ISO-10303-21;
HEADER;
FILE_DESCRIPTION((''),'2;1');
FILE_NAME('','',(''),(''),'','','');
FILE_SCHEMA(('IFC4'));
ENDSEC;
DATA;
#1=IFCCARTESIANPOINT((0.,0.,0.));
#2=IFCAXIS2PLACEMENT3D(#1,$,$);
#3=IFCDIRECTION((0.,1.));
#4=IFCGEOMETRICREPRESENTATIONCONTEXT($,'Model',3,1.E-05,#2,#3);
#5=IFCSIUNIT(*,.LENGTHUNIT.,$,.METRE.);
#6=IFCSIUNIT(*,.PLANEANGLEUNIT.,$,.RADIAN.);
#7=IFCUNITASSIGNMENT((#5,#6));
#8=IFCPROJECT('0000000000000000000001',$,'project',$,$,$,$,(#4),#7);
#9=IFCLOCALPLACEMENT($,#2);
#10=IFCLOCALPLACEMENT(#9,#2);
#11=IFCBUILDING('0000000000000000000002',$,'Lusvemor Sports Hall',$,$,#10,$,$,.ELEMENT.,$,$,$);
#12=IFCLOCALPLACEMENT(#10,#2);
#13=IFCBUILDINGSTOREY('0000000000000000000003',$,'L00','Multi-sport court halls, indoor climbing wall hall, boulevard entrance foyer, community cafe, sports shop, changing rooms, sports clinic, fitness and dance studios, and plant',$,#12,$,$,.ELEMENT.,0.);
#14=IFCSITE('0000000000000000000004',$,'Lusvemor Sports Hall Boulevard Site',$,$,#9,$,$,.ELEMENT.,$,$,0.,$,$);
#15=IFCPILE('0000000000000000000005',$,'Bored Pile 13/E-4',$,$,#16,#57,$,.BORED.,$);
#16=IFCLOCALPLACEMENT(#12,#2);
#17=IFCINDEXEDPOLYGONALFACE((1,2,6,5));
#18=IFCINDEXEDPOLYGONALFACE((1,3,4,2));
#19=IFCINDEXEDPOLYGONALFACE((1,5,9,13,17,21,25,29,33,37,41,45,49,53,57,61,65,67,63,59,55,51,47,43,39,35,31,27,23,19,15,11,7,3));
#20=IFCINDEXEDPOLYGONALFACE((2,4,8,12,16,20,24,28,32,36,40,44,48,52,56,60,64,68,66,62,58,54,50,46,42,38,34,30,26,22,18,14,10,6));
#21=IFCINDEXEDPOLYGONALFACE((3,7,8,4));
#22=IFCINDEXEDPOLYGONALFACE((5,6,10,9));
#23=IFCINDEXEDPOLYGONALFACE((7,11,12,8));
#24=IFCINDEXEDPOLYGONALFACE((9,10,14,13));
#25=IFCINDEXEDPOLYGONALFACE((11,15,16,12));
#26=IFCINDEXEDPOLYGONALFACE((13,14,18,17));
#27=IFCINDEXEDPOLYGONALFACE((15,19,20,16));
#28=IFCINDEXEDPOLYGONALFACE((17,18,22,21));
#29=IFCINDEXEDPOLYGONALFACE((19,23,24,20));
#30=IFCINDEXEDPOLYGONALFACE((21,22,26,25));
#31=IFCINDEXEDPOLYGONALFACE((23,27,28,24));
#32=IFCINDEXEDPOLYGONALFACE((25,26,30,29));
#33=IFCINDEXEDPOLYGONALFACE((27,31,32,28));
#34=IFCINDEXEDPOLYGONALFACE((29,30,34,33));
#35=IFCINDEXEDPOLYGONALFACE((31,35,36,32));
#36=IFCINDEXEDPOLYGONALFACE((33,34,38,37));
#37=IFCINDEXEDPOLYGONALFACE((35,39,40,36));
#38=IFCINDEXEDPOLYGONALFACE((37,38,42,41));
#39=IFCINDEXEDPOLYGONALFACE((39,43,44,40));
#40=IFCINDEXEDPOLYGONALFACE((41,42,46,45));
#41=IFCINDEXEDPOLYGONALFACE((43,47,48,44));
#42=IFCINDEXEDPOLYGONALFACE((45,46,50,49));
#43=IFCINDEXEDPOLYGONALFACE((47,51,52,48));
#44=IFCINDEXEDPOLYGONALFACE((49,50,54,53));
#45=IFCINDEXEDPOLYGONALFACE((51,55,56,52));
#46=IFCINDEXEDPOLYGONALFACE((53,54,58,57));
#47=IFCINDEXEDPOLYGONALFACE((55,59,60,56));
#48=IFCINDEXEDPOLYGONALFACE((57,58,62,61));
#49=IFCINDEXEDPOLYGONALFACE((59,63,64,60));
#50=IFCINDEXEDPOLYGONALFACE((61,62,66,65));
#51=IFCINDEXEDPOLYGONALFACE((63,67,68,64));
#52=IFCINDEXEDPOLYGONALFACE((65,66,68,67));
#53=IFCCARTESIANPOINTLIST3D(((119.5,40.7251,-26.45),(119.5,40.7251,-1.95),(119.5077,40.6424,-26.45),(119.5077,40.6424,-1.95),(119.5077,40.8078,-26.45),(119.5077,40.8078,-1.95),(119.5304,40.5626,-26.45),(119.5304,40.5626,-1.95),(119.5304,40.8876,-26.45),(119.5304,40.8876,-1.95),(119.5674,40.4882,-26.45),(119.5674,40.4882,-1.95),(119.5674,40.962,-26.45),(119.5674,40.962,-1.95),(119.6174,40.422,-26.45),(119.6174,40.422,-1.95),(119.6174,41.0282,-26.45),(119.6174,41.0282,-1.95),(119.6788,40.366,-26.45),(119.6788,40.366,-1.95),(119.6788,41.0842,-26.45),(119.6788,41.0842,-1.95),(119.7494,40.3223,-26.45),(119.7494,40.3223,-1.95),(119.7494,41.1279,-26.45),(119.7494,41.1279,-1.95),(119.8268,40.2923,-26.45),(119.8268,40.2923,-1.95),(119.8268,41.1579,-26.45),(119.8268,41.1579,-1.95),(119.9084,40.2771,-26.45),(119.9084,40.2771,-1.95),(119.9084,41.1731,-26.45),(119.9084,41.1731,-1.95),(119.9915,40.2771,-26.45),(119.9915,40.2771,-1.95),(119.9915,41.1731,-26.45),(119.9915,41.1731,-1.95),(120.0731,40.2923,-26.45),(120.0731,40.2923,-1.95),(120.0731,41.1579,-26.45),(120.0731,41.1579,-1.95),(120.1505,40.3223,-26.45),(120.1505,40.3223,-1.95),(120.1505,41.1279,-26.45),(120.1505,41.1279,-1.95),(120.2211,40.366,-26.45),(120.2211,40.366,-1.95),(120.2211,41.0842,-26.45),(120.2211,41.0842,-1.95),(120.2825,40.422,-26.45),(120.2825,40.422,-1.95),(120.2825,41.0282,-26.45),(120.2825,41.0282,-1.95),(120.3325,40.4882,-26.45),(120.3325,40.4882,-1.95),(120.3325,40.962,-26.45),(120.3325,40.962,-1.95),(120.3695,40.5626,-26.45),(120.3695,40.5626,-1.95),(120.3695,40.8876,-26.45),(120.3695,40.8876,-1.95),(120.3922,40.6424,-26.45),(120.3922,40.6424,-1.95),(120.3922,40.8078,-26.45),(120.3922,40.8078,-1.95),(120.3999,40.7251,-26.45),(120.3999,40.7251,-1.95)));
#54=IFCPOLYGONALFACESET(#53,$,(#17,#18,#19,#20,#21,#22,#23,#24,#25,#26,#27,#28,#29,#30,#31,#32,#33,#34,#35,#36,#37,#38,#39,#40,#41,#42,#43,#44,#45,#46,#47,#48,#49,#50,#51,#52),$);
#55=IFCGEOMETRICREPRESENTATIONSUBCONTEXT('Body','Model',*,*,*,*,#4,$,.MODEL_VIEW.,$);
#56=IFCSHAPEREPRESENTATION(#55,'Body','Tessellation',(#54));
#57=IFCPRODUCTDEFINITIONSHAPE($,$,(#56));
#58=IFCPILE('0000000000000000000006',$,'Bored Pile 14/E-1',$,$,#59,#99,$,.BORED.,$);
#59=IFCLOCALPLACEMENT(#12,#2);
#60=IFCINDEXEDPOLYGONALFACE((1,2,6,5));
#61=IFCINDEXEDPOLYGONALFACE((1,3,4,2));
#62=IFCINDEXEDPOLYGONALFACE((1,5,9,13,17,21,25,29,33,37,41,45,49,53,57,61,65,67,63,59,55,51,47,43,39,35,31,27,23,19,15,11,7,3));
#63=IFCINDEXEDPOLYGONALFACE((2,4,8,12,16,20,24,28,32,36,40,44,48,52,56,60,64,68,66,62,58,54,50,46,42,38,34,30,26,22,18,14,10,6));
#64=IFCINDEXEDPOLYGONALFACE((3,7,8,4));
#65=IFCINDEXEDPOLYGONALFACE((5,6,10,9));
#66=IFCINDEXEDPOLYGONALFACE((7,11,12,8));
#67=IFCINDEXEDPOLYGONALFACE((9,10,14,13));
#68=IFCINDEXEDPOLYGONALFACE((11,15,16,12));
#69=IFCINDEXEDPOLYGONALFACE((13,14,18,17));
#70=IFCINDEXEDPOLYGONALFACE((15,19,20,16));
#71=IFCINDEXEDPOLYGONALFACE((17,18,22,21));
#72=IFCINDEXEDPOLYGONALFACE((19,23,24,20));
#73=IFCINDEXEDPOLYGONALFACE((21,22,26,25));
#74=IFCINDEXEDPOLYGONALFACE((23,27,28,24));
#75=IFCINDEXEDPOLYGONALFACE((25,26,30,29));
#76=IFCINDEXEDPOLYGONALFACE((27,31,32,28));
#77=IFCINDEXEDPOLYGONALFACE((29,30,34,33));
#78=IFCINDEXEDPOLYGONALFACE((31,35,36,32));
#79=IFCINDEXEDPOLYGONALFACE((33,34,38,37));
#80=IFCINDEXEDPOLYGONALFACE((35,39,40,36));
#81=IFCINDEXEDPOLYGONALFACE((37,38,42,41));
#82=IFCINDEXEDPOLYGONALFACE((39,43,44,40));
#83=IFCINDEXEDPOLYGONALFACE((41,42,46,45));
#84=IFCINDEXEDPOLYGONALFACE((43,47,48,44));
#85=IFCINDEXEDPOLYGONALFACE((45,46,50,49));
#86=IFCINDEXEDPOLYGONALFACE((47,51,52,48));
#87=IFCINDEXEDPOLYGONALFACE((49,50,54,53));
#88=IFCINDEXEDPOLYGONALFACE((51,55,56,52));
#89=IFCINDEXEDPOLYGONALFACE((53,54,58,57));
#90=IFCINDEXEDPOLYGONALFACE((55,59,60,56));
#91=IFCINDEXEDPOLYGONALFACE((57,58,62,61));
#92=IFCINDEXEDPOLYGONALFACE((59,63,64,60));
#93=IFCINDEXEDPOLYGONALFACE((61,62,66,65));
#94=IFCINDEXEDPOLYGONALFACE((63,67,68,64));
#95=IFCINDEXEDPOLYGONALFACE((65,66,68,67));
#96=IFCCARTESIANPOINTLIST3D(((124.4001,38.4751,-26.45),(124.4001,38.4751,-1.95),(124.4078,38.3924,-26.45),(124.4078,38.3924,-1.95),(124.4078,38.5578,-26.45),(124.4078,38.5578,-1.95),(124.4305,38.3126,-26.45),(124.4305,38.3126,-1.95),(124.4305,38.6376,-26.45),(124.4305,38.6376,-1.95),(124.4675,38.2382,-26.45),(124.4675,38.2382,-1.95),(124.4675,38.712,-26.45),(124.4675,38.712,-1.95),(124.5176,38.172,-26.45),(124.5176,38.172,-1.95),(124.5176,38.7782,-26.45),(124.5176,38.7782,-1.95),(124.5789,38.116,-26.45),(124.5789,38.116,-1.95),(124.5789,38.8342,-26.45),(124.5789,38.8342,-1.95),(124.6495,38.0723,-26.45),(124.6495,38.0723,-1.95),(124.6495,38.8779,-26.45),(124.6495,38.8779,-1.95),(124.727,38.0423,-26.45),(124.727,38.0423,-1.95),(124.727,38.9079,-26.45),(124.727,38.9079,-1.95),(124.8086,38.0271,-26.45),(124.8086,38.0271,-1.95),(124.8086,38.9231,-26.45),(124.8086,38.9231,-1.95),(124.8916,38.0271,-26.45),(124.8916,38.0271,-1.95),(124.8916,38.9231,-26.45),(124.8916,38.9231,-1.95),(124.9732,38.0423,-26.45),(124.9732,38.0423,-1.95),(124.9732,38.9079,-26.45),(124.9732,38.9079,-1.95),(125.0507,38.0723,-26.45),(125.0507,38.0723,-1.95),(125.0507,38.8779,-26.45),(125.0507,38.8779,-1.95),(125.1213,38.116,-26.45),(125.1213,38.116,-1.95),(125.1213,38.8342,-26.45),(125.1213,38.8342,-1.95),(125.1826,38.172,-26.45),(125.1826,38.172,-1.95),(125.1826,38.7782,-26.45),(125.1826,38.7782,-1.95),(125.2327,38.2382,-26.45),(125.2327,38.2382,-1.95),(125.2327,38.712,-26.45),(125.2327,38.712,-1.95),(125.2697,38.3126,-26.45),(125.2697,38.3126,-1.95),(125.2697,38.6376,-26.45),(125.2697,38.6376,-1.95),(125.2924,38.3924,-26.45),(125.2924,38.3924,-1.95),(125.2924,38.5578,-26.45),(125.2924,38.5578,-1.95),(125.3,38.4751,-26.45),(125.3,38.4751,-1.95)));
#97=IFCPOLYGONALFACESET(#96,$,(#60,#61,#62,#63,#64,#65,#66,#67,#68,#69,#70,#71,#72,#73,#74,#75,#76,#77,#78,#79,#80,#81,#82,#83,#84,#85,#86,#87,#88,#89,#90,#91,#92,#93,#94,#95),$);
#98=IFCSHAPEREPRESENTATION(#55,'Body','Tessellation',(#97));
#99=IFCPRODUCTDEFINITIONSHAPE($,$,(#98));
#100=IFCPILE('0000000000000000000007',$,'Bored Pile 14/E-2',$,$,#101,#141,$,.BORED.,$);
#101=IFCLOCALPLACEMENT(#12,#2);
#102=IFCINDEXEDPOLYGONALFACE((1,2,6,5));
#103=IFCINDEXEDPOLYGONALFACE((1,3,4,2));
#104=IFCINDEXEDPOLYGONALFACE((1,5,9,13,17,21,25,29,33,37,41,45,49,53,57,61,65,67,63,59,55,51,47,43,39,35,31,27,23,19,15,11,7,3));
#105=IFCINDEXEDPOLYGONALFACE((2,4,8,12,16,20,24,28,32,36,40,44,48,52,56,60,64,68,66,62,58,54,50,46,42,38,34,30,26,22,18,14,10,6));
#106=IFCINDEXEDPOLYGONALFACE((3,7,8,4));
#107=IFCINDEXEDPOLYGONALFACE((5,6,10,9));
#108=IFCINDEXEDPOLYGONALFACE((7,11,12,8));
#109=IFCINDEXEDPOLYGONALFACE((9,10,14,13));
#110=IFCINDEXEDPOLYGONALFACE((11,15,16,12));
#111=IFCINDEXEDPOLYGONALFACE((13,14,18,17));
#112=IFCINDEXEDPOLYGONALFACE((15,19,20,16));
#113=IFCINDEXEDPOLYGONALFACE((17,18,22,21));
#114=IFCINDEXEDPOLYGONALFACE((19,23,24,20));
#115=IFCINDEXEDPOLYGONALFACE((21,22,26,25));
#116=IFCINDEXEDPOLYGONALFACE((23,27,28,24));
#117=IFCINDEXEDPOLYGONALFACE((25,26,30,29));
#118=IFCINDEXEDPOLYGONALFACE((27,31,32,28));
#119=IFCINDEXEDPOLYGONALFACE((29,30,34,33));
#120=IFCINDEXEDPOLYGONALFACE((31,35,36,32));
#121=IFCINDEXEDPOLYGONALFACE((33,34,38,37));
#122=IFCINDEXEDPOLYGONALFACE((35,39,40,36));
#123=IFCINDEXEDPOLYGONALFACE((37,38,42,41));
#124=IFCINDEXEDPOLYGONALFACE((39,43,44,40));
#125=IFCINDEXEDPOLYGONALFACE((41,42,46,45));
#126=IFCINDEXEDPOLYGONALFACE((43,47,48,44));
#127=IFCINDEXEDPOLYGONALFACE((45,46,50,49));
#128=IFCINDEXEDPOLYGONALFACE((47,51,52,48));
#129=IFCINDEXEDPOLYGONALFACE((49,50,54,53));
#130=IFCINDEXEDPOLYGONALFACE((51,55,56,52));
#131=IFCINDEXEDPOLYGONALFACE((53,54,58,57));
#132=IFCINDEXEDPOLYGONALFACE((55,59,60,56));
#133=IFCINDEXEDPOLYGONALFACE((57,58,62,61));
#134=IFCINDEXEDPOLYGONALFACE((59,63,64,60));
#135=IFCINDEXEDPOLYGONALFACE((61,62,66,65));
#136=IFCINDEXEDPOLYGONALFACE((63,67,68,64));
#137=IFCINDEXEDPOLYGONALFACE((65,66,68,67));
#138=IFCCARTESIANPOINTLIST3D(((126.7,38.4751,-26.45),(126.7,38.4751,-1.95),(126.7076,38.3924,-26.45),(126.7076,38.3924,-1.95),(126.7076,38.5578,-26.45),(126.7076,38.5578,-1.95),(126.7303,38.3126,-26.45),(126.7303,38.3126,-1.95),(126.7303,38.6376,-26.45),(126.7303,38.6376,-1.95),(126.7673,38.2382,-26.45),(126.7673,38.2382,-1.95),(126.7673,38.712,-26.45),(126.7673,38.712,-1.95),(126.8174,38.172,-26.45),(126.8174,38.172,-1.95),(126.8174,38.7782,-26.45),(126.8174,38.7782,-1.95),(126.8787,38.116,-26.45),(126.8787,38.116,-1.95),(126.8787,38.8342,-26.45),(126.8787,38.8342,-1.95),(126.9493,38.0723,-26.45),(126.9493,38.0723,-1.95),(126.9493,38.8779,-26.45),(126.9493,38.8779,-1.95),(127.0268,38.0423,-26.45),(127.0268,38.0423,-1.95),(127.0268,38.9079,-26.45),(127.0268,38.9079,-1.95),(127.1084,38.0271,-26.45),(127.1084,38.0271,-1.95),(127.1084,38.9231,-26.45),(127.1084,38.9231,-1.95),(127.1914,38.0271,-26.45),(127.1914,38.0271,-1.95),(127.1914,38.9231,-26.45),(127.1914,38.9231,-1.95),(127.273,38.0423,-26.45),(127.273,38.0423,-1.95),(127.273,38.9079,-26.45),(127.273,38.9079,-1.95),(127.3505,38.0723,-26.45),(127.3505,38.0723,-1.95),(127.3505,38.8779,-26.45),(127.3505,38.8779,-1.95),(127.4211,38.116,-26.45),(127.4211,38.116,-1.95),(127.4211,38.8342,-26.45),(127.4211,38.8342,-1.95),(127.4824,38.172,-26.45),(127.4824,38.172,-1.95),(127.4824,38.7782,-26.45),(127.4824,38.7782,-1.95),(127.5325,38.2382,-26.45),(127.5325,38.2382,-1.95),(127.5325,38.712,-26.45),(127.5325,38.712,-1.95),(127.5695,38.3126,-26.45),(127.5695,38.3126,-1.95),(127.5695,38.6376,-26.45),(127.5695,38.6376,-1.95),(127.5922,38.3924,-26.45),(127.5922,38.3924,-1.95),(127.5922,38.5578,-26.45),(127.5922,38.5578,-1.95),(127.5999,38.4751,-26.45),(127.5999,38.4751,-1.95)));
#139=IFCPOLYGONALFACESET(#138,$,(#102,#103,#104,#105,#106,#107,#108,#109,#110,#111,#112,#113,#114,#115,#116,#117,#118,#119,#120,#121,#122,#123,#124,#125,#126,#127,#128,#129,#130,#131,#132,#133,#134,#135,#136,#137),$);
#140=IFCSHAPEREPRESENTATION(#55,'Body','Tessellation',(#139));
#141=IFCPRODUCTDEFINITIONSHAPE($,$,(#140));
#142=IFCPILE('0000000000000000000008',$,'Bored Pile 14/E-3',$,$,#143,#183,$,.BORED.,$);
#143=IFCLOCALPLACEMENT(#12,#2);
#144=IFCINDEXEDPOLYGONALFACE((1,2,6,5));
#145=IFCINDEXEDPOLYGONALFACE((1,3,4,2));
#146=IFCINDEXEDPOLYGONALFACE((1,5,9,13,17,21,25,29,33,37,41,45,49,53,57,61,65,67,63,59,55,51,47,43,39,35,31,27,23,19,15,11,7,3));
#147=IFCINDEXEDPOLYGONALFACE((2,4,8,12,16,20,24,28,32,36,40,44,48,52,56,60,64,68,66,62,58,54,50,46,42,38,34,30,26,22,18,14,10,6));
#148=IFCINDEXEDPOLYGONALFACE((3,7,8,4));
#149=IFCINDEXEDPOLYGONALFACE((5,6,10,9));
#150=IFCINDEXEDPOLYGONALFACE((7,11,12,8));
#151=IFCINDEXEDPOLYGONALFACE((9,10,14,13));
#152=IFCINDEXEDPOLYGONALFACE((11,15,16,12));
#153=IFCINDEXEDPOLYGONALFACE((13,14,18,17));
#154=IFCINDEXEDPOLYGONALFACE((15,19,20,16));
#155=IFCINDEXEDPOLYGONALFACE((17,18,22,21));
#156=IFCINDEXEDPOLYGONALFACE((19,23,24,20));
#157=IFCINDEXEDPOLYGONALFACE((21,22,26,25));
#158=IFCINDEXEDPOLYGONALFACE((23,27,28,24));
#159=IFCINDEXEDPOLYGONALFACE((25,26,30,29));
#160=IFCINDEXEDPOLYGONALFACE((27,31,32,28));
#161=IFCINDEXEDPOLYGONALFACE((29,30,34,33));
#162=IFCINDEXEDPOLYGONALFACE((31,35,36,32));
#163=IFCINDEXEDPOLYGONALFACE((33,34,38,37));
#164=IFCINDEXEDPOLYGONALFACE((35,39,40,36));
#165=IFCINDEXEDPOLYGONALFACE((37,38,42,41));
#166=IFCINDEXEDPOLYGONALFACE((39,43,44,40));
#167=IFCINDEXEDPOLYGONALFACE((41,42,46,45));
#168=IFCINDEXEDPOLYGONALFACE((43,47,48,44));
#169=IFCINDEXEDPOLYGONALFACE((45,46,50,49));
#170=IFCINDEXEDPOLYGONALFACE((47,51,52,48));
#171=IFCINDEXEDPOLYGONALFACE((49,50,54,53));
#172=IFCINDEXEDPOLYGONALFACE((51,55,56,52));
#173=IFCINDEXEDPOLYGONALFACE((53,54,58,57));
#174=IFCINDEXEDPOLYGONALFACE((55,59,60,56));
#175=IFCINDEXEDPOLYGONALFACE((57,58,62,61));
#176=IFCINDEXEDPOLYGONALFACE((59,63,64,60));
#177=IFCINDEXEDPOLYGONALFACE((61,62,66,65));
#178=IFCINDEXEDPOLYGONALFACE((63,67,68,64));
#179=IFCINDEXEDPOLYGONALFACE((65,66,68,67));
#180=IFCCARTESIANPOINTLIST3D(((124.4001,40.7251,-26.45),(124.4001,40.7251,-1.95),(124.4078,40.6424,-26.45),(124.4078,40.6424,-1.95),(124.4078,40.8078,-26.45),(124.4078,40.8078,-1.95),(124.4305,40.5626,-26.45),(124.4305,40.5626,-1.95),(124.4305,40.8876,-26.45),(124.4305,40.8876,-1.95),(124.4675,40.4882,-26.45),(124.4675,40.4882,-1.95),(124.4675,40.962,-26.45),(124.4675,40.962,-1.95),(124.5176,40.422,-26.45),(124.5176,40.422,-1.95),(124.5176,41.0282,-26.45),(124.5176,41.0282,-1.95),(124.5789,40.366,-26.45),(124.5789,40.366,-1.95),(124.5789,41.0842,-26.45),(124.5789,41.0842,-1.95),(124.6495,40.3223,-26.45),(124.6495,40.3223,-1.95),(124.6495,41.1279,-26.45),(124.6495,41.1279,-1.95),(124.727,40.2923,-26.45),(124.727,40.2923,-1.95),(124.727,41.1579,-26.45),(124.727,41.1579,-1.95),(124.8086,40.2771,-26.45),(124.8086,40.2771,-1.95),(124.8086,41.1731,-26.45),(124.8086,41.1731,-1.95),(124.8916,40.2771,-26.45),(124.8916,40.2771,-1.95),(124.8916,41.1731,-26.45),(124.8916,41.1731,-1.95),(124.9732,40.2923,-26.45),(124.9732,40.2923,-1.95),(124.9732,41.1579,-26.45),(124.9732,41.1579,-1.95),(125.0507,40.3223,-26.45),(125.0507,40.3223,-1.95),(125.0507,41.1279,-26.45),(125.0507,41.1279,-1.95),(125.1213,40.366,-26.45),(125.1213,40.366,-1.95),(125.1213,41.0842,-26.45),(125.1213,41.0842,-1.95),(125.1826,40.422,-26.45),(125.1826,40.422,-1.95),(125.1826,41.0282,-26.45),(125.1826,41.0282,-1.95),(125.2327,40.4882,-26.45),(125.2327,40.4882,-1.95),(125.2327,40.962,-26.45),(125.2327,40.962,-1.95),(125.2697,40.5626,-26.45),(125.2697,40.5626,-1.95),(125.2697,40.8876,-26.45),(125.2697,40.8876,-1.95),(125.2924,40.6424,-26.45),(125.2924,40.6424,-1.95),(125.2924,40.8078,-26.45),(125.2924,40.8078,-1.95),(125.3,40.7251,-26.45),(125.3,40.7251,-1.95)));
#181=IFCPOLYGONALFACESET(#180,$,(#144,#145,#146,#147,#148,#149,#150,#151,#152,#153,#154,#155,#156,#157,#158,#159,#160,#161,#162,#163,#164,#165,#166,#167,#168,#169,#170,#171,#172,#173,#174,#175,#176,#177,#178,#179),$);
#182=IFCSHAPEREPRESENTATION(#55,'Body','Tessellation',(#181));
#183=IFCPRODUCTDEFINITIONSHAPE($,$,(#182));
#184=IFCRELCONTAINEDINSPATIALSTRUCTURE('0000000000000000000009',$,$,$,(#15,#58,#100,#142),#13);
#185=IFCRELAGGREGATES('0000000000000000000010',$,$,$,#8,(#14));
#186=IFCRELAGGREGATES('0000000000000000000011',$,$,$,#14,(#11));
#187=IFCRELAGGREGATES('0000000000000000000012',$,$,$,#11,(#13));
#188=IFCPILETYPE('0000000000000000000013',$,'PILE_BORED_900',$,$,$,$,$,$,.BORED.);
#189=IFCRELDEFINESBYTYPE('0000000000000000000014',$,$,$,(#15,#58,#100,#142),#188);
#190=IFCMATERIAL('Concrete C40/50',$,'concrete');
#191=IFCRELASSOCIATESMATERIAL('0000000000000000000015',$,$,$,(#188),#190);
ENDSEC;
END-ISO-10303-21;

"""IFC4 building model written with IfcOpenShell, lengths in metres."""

from ifc_helpers import new_model, si_unit, direction, frame, origin, origin_2d, place, context, subcontext, project, spatial, circle, extrude, material, material_profile, profile_set, type_object, element, save


model = new_model("IFC4")

# Units and contexts
model_context = context("Model", 3, precision=1e-05, world=origin(), true_north=direction((0.0, 1.0)))
body_context = subcontext(model_context, "Body", "Model", "MODEL_VIEW")
ifc_project = project(units=[si_unit("LENGTHUNIT", "METRE"), si_unit("PLANEANGLEUNIT", "RADIAN")], contexts=[model_context])

# Site, building, storey
site_placement = place(None, origin())
site = spatial("IfcSite", under=ifc_project, at=site_placement, Name="Lusvemor Sports Hall Boulevard Site", CompositionType="ELEMENT", RefElevation=0.0)
building_placement = place(site_placement, origin())
building = spatial("IfcBuilding", under=site, at=building_placement, Name="Lusvemor Sports Hall", CompositionType="ELEMENT")
storey_placement = place(building_placement, origin())
storey = spatial("IfcBuildingStorey", under=building, at=storey_placement, Name="L00", Description="Multi-sport court halls, indoor climbing wall hall, boulevard entrance foyer, community cafe, sports shop, changing rooms, sports clinic, fitness and dance studios, and plant", CompositionType="ELEMENT", Elevation=0.0)

# Piles
ifc_material_1 = material(Name="Concrete C40/50", Category="concrete")
ifc_material_profile_1 = material_profile(ifc_material_1, circle(Radius=0.45, at=origin_2d()), Name="PILE900")
ifc_profile_set_1 = profile_set([ifc_material_profile_1], Name="Concrete C40/50")
pile_type_1 = type_object("IfcPileType", Name="PILE_BORED_900", PredefinedType="BORED", material=ifc_profile_set_1)
for number, where, z_axis, x_axis, name in (
    (1, (119.95, 40.7251, -1.95), (0.0, 0.0, -1.0), (1.0, 0.0, 0.0), "Bored Pile 13/E-4"),
    (2, (124.8501, 38.4751, -1.95), (0.0, 0.0, -1.0), (1.0, 0.0, 0.0), "Bored Pile 14/E-1"),
    (3, (127.1499, 38.4751, -1.95), (0.0, 0.0, -1.0), (1.0, 0.0, 0.0), "Bored Pile 14/E-2"),
    (4, (124.8501, 40.7251, -1.95), (0.0, 0.0, -1.0), (1.0, 0.0, 0.0), "Bored Pile 14/E-3"),
):
    element("IfcPile", number, at=place(storey_placement, frame(where, z_axis=z_axis, x_axis=x_axis)), inside=storey, type_object=pile_type_1, Name=name, PredefinedType="BORED", context=body_context, shape_type="SweptSolid", body=[
        extrude(circle(Radius=0.45, at=origin_2d()), origin(), (0.0, 0.0, 1.0), 24.5),
    ])

save(model, "model.ifc")
